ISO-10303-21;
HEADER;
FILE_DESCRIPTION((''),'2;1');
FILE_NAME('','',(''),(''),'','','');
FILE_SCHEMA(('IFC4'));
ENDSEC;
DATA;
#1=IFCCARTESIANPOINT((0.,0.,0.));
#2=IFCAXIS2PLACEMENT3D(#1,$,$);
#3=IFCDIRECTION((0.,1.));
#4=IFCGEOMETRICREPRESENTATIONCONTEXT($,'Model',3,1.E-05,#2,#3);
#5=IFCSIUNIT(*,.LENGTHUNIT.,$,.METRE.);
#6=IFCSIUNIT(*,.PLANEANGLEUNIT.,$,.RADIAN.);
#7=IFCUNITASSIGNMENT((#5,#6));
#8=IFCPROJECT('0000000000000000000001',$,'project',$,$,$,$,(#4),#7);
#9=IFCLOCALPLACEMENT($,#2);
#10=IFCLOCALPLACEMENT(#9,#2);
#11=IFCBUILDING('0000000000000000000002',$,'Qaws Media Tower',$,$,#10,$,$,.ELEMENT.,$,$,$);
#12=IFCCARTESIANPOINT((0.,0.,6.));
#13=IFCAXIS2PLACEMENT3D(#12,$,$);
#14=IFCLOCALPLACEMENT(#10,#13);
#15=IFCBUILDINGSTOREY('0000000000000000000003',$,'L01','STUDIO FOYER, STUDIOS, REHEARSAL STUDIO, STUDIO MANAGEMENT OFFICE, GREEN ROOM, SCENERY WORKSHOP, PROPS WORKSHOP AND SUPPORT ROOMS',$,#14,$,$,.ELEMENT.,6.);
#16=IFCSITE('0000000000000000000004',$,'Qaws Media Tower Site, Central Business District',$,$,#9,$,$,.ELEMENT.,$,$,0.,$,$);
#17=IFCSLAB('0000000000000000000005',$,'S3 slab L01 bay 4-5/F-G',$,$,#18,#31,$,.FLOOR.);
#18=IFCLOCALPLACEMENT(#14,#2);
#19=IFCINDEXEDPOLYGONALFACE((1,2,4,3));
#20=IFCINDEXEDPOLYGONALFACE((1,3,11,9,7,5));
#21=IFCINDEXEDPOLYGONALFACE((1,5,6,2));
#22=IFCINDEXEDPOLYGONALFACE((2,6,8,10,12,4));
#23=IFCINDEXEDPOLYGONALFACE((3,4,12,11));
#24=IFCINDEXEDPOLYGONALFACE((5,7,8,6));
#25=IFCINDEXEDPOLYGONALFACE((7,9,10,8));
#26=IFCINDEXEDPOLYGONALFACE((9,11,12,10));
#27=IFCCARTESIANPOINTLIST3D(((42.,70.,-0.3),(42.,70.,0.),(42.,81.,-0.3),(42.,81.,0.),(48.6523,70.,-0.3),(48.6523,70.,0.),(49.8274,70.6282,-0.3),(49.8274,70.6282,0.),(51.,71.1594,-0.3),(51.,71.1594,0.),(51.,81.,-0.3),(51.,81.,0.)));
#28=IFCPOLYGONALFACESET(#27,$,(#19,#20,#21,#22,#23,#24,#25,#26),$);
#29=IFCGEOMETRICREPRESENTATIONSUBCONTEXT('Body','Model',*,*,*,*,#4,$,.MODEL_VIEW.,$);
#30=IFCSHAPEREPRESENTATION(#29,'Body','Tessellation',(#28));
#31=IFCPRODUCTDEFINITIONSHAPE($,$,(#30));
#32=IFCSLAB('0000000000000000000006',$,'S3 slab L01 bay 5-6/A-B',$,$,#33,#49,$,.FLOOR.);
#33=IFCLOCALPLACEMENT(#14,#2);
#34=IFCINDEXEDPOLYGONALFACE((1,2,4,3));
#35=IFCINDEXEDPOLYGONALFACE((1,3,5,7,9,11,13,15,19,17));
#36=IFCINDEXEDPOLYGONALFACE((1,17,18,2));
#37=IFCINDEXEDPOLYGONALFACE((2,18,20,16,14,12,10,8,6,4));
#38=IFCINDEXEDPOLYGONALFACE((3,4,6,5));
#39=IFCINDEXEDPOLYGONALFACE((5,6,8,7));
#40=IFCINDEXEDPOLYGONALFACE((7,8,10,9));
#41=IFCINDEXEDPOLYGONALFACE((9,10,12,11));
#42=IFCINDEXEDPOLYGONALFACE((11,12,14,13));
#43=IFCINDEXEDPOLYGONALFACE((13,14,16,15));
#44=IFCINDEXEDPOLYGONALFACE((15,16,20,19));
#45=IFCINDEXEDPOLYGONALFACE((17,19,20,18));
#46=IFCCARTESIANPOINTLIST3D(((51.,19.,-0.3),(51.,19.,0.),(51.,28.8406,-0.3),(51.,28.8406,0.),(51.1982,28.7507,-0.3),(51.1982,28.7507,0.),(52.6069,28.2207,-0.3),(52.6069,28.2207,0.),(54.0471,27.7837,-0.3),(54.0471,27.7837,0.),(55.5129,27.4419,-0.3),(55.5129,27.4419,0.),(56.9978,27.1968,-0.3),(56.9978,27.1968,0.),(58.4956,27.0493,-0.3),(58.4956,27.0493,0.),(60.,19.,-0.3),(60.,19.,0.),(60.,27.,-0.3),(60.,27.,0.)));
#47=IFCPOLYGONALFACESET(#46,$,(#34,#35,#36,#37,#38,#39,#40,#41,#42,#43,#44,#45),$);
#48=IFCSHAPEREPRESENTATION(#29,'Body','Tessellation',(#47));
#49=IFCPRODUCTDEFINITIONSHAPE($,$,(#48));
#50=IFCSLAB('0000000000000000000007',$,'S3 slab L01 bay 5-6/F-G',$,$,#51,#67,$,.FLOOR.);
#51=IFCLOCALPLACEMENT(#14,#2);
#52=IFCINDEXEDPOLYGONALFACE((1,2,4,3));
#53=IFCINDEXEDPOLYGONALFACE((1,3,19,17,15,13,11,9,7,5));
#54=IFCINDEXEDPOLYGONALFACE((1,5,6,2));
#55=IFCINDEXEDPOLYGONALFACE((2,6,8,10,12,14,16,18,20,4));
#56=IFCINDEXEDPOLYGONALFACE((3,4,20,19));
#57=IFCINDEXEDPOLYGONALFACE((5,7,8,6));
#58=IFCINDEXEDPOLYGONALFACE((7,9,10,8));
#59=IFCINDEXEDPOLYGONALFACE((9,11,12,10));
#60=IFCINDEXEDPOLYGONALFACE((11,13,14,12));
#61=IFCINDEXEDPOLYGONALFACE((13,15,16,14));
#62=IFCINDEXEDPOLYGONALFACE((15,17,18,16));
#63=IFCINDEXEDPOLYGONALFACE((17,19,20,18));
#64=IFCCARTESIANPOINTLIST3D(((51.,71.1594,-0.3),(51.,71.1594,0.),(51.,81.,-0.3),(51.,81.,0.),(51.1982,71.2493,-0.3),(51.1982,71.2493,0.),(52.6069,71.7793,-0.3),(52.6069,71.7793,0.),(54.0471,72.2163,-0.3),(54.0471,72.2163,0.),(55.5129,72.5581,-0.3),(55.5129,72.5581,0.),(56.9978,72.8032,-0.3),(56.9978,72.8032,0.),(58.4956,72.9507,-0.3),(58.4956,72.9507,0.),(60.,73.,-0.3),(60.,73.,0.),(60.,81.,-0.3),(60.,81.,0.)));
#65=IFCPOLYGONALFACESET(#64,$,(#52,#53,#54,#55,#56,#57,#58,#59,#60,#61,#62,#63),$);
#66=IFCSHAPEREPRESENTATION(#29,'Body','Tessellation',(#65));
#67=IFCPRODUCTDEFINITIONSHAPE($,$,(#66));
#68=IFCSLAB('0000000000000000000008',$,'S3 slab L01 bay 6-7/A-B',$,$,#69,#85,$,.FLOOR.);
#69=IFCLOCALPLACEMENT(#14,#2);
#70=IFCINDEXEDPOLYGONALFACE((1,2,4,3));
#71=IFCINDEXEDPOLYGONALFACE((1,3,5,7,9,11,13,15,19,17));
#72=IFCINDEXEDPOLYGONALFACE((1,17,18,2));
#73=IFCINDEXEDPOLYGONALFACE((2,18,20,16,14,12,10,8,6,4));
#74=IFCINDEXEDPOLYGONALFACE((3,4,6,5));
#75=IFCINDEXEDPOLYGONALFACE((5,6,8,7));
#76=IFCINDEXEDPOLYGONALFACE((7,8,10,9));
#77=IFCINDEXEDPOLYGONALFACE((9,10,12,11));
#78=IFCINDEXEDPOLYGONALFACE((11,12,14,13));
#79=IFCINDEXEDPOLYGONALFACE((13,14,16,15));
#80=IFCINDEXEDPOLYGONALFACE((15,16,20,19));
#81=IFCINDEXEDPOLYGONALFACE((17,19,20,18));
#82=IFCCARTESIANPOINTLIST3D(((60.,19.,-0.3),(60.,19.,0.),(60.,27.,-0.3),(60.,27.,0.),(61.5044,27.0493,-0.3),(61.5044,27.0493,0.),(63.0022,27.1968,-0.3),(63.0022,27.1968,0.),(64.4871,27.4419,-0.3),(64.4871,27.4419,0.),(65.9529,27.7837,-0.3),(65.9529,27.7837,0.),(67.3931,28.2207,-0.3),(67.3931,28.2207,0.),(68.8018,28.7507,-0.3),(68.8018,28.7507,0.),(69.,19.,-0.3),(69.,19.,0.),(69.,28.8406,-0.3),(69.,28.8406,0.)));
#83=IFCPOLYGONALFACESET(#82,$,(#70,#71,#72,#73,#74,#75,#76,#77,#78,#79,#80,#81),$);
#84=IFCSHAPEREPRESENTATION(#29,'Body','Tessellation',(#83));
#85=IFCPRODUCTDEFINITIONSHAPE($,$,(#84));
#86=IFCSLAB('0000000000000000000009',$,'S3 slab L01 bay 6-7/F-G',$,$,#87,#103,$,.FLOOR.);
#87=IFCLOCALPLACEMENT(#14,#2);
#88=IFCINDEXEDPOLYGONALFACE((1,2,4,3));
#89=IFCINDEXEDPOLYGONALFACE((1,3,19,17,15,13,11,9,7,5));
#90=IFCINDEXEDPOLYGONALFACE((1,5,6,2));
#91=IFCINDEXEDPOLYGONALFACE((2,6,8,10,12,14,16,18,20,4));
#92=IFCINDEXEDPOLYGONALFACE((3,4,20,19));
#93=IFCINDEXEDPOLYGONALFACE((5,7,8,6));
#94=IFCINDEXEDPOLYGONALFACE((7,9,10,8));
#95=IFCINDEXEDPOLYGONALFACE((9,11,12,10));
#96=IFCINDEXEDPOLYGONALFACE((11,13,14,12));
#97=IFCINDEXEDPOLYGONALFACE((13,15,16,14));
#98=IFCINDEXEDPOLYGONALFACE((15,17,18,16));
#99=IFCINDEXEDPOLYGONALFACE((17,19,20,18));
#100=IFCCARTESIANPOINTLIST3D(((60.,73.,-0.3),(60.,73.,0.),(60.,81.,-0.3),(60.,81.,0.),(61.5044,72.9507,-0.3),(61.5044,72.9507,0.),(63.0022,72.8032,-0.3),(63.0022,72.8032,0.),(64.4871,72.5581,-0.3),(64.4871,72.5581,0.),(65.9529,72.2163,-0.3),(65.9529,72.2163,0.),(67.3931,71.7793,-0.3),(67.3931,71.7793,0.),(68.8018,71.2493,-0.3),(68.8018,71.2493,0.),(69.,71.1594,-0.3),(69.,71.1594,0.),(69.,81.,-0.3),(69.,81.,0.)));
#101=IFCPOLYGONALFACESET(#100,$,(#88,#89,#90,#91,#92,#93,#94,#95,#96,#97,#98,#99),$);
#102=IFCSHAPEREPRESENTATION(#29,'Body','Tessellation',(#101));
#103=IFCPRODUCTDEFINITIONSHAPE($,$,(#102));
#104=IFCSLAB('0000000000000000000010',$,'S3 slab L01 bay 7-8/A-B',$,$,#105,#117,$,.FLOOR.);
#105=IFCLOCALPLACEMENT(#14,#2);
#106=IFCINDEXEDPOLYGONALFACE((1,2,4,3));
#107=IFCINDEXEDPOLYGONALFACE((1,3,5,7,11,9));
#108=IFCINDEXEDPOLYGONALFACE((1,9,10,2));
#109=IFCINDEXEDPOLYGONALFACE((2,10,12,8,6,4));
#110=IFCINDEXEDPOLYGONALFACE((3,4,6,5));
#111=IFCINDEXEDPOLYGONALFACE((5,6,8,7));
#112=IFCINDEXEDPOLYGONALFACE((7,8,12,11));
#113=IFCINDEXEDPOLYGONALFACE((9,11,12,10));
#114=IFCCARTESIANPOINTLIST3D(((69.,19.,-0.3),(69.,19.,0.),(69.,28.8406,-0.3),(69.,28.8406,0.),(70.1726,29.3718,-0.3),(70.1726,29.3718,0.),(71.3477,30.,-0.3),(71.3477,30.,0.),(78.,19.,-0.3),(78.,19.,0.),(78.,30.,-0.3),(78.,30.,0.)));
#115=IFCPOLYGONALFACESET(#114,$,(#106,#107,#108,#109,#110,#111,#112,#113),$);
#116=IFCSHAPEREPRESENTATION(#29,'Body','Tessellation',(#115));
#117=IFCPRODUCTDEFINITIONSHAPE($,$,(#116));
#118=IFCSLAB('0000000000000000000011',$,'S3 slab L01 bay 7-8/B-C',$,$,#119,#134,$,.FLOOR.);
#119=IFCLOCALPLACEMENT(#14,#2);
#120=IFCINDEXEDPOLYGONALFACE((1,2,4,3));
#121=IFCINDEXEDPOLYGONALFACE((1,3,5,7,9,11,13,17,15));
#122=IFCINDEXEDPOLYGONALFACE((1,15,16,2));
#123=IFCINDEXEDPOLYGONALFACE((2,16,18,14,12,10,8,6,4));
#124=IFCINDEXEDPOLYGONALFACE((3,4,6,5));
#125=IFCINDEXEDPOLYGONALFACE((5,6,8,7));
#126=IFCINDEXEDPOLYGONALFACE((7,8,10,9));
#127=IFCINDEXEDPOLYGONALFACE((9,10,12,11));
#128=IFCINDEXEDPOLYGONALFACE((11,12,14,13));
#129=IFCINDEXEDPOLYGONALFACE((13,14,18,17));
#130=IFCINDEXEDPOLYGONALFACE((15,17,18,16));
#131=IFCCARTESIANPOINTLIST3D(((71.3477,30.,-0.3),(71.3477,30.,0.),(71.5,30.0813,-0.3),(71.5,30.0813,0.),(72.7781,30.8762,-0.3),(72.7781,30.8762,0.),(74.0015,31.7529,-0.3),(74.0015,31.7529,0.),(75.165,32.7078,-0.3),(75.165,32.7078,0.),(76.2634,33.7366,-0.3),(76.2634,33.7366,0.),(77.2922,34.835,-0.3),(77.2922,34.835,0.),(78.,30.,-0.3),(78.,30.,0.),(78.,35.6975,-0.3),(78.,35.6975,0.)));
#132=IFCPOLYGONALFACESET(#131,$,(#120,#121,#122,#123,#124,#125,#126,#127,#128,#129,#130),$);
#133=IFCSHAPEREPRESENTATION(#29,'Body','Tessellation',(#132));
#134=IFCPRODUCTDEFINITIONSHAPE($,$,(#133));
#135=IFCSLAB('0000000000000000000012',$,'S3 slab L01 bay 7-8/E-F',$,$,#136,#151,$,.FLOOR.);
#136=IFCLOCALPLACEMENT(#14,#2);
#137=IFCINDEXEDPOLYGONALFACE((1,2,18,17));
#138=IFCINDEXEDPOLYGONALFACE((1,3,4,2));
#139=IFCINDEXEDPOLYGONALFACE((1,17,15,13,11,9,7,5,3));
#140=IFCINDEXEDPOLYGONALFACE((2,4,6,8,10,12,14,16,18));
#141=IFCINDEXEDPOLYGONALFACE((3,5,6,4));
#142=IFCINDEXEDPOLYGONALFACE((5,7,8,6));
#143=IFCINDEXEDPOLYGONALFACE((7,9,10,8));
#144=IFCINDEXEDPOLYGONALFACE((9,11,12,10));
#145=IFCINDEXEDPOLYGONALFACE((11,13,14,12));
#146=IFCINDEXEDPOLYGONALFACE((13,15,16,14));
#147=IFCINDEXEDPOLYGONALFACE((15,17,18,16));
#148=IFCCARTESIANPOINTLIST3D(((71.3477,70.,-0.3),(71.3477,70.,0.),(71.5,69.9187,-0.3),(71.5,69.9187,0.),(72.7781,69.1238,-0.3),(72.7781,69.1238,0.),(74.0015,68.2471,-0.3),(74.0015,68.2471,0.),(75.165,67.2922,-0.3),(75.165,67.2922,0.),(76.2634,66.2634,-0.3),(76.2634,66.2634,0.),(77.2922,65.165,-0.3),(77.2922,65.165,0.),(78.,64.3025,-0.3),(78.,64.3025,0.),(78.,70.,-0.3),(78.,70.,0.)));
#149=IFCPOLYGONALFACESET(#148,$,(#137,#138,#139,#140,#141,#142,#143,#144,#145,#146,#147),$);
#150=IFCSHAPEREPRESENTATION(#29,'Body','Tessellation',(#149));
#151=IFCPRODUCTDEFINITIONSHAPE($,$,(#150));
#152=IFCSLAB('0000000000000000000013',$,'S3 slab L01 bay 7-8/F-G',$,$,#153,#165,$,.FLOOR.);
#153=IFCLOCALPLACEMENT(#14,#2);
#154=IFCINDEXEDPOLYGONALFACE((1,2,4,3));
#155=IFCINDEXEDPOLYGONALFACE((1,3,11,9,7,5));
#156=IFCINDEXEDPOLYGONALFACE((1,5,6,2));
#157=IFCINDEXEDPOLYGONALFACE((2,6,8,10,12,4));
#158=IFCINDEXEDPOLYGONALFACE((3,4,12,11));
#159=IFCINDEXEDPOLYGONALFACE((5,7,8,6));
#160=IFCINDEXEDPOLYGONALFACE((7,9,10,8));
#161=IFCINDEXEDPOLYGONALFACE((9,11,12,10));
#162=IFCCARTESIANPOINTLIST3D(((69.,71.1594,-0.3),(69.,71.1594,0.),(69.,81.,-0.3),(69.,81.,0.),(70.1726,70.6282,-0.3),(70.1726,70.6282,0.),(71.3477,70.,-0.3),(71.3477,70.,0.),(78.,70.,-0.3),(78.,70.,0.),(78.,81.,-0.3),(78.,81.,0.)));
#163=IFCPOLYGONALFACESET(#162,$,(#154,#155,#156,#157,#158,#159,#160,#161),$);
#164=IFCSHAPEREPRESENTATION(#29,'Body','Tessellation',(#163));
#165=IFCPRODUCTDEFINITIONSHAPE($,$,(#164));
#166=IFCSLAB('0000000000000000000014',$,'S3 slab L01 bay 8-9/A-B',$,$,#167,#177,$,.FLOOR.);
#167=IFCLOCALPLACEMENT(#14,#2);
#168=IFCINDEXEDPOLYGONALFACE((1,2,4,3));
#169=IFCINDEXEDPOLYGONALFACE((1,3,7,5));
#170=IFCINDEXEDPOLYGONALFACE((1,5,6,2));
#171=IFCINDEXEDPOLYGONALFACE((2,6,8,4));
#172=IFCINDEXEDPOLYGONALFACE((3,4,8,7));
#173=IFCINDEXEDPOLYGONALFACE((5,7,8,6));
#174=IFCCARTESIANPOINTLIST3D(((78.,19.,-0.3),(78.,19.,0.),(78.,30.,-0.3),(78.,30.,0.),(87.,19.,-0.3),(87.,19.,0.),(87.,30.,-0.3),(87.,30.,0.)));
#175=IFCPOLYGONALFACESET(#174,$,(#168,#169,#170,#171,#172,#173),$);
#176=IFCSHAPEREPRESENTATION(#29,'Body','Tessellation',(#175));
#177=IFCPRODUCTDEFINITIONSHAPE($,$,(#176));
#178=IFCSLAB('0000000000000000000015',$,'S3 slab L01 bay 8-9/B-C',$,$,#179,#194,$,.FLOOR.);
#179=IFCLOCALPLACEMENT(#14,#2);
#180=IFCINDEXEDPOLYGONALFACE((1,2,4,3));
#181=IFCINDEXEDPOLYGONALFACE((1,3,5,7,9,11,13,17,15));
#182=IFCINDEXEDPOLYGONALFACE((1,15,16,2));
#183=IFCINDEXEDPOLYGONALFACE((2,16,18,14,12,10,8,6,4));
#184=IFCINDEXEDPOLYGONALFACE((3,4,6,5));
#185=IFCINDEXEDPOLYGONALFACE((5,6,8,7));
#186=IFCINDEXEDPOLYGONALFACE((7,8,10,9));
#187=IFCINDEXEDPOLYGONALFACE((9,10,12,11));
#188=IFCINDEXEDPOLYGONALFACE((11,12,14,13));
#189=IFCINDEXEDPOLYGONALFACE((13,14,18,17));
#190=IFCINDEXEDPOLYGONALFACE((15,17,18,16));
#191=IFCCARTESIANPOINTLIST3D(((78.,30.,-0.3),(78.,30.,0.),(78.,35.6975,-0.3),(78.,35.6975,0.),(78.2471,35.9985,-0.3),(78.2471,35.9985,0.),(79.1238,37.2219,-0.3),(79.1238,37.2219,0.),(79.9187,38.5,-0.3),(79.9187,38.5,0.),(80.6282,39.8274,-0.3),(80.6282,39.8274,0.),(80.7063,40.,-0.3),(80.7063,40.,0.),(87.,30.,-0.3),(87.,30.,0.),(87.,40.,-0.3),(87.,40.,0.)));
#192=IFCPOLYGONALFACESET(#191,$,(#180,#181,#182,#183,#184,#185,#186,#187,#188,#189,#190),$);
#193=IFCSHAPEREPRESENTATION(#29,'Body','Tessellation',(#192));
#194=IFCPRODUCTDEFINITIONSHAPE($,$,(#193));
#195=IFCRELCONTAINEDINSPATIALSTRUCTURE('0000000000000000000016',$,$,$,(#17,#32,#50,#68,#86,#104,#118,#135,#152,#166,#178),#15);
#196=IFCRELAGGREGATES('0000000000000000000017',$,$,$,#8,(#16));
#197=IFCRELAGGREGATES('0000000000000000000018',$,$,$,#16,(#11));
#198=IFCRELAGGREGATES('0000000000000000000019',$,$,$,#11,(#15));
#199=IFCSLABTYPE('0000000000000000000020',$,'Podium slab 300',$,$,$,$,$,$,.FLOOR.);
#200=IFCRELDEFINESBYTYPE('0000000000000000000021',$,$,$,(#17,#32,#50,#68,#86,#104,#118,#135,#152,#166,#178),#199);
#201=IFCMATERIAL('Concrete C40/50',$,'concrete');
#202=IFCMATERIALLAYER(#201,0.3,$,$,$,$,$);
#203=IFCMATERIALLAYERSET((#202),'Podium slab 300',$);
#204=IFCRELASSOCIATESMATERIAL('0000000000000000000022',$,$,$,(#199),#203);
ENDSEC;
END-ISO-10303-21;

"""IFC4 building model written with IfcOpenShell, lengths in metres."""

from ifc_helpers import new_model, si_unit, direction, frame, origin, place, context, subcontext, project, spatial, polyline, outline, extrude, material, layer, layer_set, type_object, element, save


model = new_model("IFC4")

# Units and contexts
model_context = context("Model", 3, precision=1e-05, world=origin(), true_north=direction((0.0, 1.0)))
body_context = subcontext(model_context, "Body", "Model", "MODEL_VIEW")
ifc_project = project(units=[si_unit("LENGTHUNIT", "METRE"), si_unit("PLANEANGLEUNIT", "RADIAN")], contexts=[model_context])

# Site, building, storey
site_placement = place(None, origin())
site = spatial("IfcSite", under=ifc_project, at=site_placement, Name="Qaws Media Tower Site, Central Business District", CompositionType="ELEMENT", RefElevation=0.0)
building_placement = place(site_placement, origin())
building = spatial("IfcBuilding", under=site, at=building_placement, Name="Qaws Media Tower", CompositionType="ELEMENT")
storey_placement = place(building_placement, frame((0.0, 0.0, 6.0)))
storey = spatial("IfcBuildingStorey", under=building, at=storey_placement, Name="L01", Description="STUDIO FOYER, STUDIOS, REHEARSAL STUDIO, STUDIO MANAGEMENT OFFICE, GREEN ROOM, SCENERY WORKSHOP, PROPS WORKSHOP AND SUPPORT ROOMS", CompositionType="ELEMENT", Elevation=6.0)

# Slabs
ifc_material = material(Name="Concrete C40/50", Category="concrete")
ifc_layer = layer(ifc_material, 0.3)
ifc_layer_set = layer_set([ifc_layer], Name="Podium slab 300")
slab_type = type_object("IfcSlabType", Name="Podium slab 300", PredefinedType="FLOOR", material=ifc_layer_set)
slab_1_placement = place(storey_placement, frame((0.0, 0.0, -0.3)))
element("IfcSlab", 1, at=slab_1_placement, inside=storey, type_object=slab_type, Name="S3 slab L01 bay 4-5/F-G", PredefinedType="FLOOR", context=body_context, shape_type="SweptSolid", body=[
    extrude(outline(polyline([(51.0, 81.0), (51.0, 71.1594), (49.8274, 70.6282), (48.6523, 70.0), (42.0, 70.0), (42.0, 81.0), (51.0, 81.0)])), origin(), (0.0, 0.0, 1.0), 0.3),
])
slab_2_placement = place(storey_placement, frame((0.0, 0.0, -0.3)))
element("IfcSlab", 2, at=slab_2_placement, inside=storey, type_object=slab_type, Name="S3 slab L01 bay 5-6/A-B", PredefinedType="FLOOR", context=body_context, shape_type="SweptSolid", body=[
    extrude(outline(polyline([(51.0, 19.0), (51.0, 28.8406), (51.1982, 28.7507), (52.6069, 28.2207), (54.0471, 27.7837), (55.5129, 27.4419), (56.9978, 27.1968), (58.4956, 27.0493), (60.0, 27.0), (60.0, 19.0), (51.0, 19.0)])), origin(), (0.0, 0.0, 1.0), 0.3),
])
slab_3_placement = place(storey_placement, frame((0.0, 0.0, -0.3)))
element("IfcSlab", 3, at=slab_3_placement, inside=storey, type_object=slab_type, Name="S3 slab L01 bay 5-6/F-G", PredefinedType="FLOOR", context=body_context, shape_type="SweptSolid", body=[
    extrude(outline(polyline([(60.0, 81.0), (60.0, 73.0), (58.4956, 72.9507), (56.9978, 72.8032), (55.5129, 72.5581), (54.0471, 72.2163), (52.6069, 71.7793), (51.1982, 71.2493), (51.0, 71.1594), (51.0, 81.0), (60.0, 81.0)])), origin(), (0.0, 0.0, 1.0), 0.3),
])
slab_4_placement = place(storey_placement, frame((0.0, 0.0, -0.3)))
element("IfcSlab", 4, at=slab_4_placement, inside=storey, type_object=slab_type, Name="S3 slab L01 bay 6-7/A-B", PredefinedType="FLOOR", context=body_context, shape_type="SweptSolid", body=[
    extrude(outline(polyline([(60.0, 19.0), (60.0, 27.0), (61.5044, 27.0493), (63.0022, 27.1968), (64.4871, 27.4419), (65.9529, 27.7837), (67.3931, 28.2207), (68.8018, 28.7507), (69.0, 28.8406), (69.0, 19.0), (60.0, 19.0)])), origin(), (0.0, 0.0, 1.0), 0.3),
])
slab_5_placement = place(storey_placement, frame((0.0, 0.0, -0.3)))
element("IfcSlab", 5, at=slab_5_placement, inside=storey, type_object=slab_type, Name="S3 slab L01 bay 6-7/F-G", PredefinedType="FLOOR", context=body_context, shape_type="SweptSolid", body=[
    extrude(outline(polyline([(69.0, 81.0), (69.0, 71.1594), (68.8018, 71.2493), (67.3931, 71.7793), (65.9529, 72.2163), (64.4871, 72.5581), (63.0022, 72.8032), (61.5044, 72.9507), (60.0, 73.0), (60.0, 81.0), (69.0, 81.0)])), origin(), (0.0, 0.0, 1.0), 0.3),
])
slab_6_placement = place(storey_placement, frame((0.0, 0.0, -0.3)))
element("IfcSlab", 6, at=slab_6_placement, inside=storey, type_object=slab_type, Name="S3 slab L01 bay 7-8/A-B", PredefinedType="FLOOR", context=body_context, shape_type="SweptSolid", body=[
    extrude(outline(polyline([(69.0, 19.0), (69.0, 28.8406), (70.1726, 29.3718), (71.3477, 30.0), (78.0, 30.0), (78.0, 19.0), (69.0, 19.0)])), origin(), (0.0, 0.0, 1.0), 0.3),
])
slab_7_placement = place(storey_placement, frame((0.0, 0.0, -0.3)))
element("IfcSlab", 7, at=slab_7_placement, inside=storey, type_object=slab_type, Name="S3 slab L01 bay 7-8/B-C", PredefinedType="FLOOR", context=body_context, shape_type="SweptSolid", body=[
    extrude(outline(polyline([(71.5, 30.0813), (72.7781, 30.8762), (74.0015, 31.7529), (75.165, 32.7078), (76.2634, 33.7366), (77.2922, 34.835), (78.0, 35.6975), (78.0, 30.0), (71.3477, 30.0), (71.5, 30.0813)])), origin(), (0.0, 0.0, 1.0), 0.3),
])
slab_8_placement = place(storey_placement, frame((0.0, 0.0, -0.3)))
element("IfcSlab", 8, at=slab_8_placement, inside=storey, type_object=slab_type, Name="S3 slab L01 bay 7-8/E-F", PredefinedType="FLOOR", context=body_context, shape_type="SweptSolid", body=[
    extrude(outline(polyline([(77.2922, 65.165), (76.2634, 66.2634), (75.165, 67.2922), (74.0015, 68.2471), (72.7781, 69.1238), (71.5, 69.9187), (71.3477, 70.0), (78.0, 70.0), (78.0, 64.3025), (77.2922, 65.165)])), origin(), (0.0, 0.0, 1.0), 0.3),
])
slab_9_placement = place(storey_placement, frame((0.0, 0.0, -0.3)))
element("IfcSlab", 9, at=slab_9_placement, inside=storey, type_object=slab_type, Name="S3 slab L01 bay 7-8/F-G", PredefinedType="FLOOR", context=body_context, shape_type="SweptSolid", body=[
    extrude(outline(polyline([(78.0, 81.0), (78.0, 70.0), (71.3477, 70.0), (70.1726, 70.6282), (69.0, 71.1594), (69.0, 81.0), (78.0, 81.0)])), origin(), (0.0, 0.0, 1.0), 0.3),
])
slab_10_placement = place(storey_placement, frame((0.0, 0.0, -0.3)))
element("IfcSlab", 10, at=slab_10_placement, inside=storey, type_object=slab_type, Name="S3 slab L01 bay 8-9/A-B", PredefinedType="FLOOR", context=body_context, shape_type="SweptSolid", body=[
    extrude(outline(polyline([(78.0, 19.0), (78.0, 30.0), (87.0, 30.0), (87.0, 19.0), (78.0, 19.0)])), origin(), (0.0, 0.0, 1.0), 0.3),
])
slab_11_placement = place(storey_placement, frame((0.0, 0.0, -0.3)))
element("IfcSlab", 11, at=slab_11_placement, inside=storey, type_object=slab_type, Name="S3 slab L01 bay 8-9/B-C", PredefinedType="FLOOR", context=body_context, shape_type="SweptSolid", body=[
    extrude(outline(polyline([(78.2471, 35.9985), (79.1238, 37.2219), (79.9187, 38.5), (80.6282, 39.8274), (80.7063, 40.0), (87.0, 40.0), (87.0, 30.0), (78.0, 30.0), (78.0, 35.6975), (78.2471, 35.9985)])), origin(), (0.0, 0.0, 1.0), 0.3),
])

save(model, "model.ifc")
